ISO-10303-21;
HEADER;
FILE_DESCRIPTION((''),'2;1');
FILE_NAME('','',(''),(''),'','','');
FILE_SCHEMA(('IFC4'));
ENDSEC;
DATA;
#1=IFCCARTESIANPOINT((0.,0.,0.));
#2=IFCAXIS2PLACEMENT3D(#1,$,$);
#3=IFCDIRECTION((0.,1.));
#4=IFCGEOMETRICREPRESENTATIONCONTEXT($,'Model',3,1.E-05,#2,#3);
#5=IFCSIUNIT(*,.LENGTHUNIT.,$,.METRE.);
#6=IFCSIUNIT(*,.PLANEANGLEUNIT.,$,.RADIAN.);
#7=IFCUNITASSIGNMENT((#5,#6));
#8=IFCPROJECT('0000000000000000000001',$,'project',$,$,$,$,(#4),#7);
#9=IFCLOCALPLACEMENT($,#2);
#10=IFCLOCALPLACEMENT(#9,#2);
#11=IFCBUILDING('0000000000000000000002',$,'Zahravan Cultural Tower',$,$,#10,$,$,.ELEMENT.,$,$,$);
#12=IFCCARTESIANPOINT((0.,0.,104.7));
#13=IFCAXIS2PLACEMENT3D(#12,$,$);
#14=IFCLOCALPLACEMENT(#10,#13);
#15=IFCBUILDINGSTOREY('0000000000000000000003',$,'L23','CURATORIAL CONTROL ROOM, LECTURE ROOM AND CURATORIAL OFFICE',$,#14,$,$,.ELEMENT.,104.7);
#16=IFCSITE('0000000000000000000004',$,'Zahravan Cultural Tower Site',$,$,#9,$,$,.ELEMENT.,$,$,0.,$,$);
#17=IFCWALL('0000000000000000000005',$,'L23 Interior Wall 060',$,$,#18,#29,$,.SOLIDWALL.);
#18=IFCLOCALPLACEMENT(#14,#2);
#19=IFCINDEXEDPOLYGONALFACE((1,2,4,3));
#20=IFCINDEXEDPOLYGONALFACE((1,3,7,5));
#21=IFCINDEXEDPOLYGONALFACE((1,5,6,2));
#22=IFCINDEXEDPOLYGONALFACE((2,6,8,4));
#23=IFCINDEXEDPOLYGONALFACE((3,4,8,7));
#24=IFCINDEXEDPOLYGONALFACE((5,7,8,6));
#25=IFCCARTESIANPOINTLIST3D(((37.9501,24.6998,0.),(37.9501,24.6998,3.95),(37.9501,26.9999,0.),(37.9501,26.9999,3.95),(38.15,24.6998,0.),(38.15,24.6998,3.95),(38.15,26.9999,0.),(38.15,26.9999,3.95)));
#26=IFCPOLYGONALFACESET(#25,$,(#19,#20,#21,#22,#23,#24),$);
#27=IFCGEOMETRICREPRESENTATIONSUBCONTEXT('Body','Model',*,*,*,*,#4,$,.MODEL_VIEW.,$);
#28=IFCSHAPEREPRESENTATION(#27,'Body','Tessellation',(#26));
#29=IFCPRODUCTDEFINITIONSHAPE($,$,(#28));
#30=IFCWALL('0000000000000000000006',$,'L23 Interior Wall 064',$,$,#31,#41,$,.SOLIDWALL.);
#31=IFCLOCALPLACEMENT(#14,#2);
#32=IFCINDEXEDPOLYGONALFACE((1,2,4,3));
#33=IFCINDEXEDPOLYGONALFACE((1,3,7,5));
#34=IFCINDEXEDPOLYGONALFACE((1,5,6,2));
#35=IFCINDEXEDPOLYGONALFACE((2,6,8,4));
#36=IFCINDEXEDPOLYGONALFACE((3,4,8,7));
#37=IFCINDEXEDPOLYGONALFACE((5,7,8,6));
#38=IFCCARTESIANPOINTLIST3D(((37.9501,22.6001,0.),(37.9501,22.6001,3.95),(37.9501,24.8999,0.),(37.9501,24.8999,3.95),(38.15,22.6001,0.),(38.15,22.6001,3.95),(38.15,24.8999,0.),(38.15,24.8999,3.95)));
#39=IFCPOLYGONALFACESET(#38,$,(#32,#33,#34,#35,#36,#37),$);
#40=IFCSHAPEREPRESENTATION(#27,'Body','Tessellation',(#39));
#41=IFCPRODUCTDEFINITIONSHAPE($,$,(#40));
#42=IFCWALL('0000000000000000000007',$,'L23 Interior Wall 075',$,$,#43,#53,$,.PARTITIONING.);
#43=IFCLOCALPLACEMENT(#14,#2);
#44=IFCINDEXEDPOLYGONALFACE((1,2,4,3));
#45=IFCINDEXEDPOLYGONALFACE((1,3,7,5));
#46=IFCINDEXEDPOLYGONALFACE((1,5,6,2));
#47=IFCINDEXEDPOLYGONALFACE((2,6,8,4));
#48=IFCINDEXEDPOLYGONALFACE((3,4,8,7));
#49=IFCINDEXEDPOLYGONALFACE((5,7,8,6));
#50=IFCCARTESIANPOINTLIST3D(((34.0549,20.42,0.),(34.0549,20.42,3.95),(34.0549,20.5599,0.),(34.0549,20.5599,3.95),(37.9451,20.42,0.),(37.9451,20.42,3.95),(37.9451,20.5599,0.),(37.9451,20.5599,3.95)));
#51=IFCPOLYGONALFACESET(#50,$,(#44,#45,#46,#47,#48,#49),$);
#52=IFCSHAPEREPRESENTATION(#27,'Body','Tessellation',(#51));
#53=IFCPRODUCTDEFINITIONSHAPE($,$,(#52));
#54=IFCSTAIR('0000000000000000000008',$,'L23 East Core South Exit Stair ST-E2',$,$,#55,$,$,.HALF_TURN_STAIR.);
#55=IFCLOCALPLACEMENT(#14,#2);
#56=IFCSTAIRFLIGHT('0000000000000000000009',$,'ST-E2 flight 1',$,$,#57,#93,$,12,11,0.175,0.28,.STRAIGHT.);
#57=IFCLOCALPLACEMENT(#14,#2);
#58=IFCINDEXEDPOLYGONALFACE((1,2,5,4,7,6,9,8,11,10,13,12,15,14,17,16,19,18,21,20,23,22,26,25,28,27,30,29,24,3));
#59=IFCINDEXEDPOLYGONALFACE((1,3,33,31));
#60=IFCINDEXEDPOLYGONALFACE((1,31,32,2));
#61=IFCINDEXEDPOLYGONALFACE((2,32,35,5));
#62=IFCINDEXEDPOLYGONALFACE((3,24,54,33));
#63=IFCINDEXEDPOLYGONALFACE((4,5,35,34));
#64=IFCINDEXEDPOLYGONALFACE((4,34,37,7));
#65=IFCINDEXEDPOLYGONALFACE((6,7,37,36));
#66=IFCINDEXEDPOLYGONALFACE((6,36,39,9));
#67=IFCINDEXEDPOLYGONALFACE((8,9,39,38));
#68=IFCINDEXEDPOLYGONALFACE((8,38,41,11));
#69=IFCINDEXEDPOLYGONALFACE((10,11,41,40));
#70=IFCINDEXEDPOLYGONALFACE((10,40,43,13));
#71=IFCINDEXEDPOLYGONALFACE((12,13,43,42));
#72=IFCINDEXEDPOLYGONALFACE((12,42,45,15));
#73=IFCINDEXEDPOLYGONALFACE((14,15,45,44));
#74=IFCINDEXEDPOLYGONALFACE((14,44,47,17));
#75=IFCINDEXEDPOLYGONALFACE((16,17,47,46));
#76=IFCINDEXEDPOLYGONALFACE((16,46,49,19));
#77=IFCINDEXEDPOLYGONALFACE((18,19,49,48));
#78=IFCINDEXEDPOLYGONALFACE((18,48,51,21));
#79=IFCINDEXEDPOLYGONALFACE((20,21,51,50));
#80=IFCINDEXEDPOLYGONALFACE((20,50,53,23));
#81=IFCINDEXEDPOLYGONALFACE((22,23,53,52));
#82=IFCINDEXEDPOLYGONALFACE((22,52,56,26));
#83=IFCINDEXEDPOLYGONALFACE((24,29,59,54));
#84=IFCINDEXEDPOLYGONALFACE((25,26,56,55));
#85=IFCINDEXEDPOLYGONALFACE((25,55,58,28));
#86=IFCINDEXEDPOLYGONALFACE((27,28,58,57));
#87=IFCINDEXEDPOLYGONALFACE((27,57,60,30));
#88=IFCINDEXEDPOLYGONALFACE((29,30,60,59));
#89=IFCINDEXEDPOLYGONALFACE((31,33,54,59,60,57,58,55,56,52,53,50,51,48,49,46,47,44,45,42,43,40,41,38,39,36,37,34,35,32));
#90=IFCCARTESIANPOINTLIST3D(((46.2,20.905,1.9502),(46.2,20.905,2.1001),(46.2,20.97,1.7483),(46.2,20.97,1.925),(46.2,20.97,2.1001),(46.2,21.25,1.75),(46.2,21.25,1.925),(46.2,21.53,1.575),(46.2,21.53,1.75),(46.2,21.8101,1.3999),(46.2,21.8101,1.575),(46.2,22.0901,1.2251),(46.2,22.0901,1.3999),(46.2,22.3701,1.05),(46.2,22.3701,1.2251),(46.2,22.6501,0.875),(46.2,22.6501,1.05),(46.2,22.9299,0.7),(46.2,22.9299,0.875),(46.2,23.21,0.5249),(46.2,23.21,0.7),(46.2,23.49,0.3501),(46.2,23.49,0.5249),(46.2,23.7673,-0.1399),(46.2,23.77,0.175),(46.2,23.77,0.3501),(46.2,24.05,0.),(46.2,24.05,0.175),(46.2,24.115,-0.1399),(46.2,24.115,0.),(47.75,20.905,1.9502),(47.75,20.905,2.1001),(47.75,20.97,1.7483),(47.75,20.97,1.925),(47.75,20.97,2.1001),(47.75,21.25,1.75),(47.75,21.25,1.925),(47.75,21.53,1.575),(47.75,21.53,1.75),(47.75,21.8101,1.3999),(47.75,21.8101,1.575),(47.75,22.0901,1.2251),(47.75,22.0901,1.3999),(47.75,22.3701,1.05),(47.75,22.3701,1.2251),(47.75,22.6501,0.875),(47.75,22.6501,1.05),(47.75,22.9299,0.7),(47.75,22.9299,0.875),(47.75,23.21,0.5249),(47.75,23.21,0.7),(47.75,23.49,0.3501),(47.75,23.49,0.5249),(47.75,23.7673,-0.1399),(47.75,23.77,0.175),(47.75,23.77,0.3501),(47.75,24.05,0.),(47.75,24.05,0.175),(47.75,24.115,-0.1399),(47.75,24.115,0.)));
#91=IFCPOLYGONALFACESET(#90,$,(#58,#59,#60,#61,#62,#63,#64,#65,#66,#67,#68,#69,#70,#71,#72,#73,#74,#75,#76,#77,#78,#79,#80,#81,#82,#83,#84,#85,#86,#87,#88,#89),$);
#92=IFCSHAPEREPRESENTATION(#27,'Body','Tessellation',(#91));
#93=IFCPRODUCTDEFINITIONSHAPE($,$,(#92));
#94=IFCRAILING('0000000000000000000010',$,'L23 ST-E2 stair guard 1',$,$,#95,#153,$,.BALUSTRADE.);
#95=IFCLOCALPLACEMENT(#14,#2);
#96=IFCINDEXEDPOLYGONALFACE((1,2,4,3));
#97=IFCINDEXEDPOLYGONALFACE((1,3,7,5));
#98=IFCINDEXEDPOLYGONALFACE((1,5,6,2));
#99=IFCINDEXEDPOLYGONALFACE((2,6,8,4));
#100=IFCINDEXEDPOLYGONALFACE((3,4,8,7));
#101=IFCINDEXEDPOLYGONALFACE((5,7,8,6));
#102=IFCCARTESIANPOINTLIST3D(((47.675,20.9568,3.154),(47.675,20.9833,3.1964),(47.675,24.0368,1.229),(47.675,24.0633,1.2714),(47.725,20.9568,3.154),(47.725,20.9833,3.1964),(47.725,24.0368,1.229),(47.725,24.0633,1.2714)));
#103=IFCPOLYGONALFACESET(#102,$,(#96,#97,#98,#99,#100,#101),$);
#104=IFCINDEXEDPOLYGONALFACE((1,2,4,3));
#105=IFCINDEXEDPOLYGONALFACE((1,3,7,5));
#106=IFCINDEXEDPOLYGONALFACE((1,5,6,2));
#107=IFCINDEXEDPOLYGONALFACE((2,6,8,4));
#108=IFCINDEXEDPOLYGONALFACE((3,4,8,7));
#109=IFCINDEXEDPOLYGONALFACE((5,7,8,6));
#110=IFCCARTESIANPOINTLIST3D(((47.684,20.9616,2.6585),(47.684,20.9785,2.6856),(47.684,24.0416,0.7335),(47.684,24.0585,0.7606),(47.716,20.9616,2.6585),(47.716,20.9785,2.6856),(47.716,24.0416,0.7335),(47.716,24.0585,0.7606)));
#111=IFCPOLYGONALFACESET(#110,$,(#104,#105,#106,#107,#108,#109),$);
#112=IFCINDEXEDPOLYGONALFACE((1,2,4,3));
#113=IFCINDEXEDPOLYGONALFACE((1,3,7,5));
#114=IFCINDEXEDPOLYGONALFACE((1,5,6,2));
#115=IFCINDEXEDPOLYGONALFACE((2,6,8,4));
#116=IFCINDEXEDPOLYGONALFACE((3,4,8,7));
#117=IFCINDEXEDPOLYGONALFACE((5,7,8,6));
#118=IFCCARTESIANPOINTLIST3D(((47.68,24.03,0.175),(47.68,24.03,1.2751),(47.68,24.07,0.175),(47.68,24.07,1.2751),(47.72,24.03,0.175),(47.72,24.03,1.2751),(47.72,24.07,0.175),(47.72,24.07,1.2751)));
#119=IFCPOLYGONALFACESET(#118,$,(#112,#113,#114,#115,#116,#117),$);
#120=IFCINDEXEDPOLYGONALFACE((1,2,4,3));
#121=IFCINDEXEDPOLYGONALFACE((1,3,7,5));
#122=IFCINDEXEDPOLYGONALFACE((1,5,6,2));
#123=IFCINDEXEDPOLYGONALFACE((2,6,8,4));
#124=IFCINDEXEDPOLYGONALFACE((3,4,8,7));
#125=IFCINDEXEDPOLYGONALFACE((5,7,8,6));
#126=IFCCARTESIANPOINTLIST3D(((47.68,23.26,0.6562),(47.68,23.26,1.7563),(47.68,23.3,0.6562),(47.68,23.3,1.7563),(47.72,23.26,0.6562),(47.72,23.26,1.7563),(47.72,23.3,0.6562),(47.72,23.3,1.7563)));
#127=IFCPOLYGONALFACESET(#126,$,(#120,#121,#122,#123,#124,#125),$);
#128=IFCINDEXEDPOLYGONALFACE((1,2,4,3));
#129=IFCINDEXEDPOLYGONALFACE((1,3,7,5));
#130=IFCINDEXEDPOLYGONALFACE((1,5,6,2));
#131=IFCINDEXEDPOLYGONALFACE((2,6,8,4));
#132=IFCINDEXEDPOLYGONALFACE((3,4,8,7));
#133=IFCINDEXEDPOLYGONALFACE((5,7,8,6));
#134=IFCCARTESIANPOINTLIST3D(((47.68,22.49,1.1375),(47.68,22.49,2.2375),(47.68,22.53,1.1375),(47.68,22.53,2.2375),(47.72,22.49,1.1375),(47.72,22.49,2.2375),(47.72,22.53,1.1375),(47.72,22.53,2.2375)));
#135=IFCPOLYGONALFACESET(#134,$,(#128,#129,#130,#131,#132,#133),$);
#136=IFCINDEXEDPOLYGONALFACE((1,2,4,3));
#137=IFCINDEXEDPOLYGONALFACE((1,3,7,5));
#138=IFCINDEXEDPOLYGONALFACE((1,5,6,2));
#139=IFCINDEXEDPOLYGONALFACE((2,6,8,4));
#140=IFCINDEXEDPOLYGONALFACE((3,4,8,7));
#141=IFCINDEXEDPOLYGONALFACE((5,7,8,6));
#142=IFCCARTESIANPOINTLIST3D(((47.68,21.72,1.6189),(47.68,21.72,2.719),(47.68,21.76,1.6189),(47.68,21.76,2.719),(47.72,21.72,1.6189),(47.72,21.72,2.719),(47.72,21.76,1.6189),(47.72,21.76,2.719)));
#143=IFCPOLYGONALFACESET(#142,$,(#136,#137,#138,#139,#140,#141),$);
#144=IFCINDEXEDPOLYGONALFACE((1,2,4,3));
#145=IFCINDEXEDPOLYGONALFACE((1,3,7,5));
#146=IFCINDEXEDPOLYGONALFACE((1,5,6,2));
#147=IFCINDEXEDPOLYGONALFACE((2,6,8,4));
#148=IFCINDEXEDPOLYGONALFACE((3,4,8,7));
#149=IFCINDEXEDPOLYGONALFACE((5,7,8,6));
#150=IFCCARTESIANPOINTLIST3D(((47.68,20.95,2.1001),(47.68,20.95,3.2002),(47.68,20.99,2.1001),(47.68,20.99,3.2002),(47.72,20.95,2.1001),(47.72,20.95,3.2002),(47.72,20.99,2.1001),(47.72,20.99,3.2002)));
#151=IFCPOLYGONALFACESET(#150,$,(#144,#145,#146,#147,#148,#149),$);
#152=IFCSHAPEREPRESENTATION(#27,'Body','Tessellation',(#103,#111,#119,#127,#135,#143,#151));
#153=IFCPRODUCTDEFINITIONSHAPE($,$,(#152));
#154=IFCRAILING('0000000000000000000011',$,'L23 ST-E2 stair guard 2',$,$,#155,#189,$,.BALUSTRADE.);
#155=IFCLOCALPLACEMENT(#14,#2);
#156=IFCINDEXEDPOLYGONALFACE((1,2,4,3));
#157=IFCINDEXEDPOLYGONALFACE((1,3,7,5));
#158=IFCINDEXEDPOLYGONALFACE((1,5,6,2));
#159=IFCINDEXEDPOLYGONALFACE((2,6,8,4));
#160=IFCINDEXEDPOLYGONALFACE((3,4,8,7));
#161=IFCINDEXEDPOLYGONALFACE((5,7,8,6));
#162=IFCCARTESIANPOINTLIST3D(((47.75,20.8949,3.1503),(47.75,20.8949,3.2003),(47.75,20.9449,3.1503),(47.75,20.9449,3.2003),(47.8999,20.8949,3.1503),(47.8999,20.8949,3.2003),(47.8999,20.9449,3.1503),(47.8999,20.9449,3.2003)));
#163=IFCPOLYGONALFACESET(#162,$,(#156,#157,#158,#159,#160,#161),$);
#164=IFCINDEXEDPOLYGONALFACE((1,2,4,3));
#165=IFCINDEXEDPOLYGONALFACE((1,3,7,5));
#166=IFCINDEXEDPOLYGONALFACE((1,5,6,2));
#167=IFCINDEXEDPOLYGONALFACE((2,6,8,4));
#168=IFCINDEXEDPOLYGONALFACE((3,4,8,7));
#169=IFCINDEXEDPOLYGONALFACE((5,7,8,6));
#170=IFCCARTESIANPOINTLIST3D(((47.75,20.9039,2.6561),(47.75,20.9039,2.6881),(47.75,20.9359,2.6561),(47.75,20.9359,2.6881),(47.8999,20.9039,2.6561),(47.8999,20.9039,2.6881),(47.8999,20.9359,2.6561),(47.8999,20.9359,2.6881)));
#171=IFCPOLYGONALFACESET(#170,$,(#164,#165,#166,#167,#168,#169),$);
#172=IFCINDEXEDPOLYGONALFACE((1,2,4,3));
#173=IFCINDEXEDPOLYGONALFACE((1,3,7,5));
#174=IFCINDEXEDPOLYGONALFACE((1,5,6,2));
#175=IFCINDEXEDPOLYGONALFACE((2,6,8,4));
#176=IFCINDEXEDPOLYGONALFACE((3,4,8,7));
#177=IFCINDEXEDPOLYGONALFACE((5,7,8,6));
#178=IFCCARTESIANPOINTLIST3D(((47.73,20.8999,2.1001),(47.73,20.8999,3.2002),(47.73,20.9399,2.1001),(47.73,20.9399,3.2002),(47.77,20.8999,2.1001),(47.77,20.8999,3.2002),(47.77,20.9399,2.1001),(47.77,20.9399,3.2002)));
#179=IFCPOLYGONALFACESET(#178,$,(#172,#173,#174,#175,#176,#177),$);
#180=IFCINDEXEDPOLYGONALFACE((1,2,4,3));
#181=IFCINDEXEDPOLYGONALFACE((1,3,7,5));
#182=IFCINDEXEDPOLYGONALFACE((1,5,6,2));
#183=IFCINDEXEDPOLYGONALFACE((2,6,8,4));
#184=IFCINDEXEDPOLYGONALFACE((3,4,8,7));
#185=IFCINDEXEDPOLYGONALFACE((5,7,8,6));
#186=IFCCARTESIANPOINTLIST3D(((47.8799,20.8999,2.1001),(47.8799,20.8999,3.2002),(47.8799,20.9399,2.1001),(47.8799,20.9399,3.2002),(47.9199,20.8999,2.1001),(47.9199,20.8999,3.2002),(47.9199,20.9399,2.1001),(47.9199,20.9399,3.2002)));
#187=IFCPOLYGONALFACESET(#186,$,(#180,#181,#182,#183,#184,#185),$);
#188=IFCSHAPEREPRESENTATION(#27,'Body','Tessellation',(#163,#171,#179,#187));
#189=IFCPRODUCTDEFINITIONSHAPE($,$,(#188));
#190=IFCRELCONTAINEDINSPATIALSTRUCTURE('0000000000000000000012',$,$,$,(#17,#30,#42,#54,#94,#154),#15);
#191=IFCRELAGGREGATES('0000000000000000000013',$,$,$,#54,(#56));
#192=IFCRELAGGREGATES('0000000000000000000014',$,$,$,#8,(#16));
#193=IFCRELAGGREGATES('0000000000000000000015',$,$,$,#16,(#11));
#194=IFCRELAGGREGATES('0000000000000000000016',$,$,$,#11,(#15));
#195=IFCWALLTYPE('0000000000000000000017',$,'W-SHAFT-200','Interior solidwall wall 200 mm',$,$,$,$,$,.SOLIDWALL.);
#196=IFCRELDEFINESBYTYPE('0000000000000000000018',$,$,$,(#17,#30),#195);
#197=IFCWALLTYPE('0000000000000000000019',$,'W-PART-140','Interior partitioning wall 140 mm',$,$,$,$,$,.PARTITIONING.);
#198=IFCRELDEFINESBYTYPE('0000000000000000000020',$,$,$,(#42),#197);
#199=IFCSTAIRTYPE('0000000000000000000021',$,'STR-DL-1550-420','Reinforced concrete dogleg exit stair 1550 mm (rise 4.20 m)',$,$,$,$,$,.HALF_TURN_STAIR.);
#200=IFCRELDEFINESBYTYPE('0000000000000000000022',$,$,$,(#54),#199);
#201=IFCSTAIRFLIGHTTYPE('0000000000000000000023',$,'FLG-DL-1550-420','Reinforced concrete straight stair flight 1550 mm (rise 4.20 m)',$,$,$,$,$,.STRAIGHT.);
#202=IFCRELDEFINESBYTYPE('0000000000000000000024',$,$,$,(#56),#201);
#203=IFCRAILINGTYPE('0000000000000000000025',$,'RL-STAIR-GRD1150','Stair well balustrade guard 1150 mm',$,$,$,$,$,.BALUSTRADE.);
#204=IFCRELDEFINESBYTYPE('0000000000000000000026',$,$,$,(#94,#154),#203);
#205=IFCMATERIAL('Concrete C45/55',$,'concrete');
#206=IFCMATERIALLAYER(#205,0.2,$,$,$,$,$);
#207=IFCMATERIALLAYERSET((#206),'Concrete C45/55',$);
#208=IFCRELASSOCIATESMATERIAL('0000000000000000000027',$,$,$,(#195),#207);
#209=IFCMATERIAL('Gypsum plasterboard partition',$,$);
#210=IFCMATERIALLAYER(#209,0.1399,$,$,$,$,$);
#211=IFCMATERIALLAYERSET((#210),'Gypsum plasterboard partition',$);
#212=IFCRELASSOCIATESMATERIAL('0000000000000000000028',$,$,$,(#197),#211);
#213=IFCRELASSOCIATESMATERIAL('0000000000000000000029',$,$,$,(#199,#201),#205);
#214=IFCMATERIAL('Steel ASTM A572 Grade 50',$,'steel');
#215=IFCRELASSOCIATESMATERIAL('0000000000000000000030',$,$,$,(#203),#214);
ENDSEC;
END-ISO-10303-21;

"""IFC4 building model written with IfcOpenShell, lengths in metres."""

from ifc_helpers import new_model, si_unit, direction, frame, frame_2d, origin, origin_2d, place, context, subcontext, project, spatial, polyline, rectangle, outline, extrude, source, transform, mapped, material, layer, layer_set, type_object, element, aggregate, save


model = new_model("IFC4")

# Units and contexts
model_context = context("Model", 3, precision=1e-05, world=origin(), true_north=direction((0.0, 1.0)))
body_context = subcontext(model_context, "Body", "Model", "MODEL_VIEW")
ifc_project = project(units=[si_unit("LENGTHUNIT", "METRE"), si_unit("PLANEANGLEUNIT", "RADIAN")], contexts=[model_context])

# Site, building, storey
site_placement = place(None, origin())
site = spatial("IfcSite", under=ifc_project, at=site_placement, Name="Zahravan Cultural Tower Site", CompositionType="ELEMENT", RefElevation=0.0)
building_placement = place(site_placement, origin())
building = spatial("IfcBuilding", under=site, at=building_placement, Name="Zahravan Cultural Tower", CompositionType="ELEMENT")
storey_placement = place(building_placement, frame((0.0, 0.0, 104.7)))
storey = spatial("IfcBuildingStorey", under=building, at=storey_placement, Name="L23", Description="CURATORIAL CONTROL ROOM, LECTURE ROOM AND CURATORIAL OFFICE", CompositionType="ELEMENT", Elevation=104.7)

# Shared definitions
ifc_material_1 = material(Name="Steel ASTM A572 Grade 50", Category="steel")
ifc_material_2 = material(Name="Concrete C45/55", Category="concrete")
ifc_layer_1 = layer(ifc_material_2, 0.2)
ifc_layer_set_1 = layer_set([ifc_layer_1], Name="Concrete C45/55")
wall_type_1 = type_object("IfcWallType", Name="W-SHAFT-200", Description="Interior solidwall wall 200 mm", PredefinedType="SOLIDWALL", material=ifc_layer_set_1)

# Walls
shared_shape_1 = source(origin(), body_context, "Body", "SweptSolid", [
    extrude(rectangle(XDim=2.3, YDim=0.2, at=frame_2d((1.1499, 0.0))), origin(), (0.0, 0.0, 1.0), 3.95),
])
wall_1_placement = place(storey_placement, frame((38.05, 24.7, 0.0), z_axis=(0.0, 0.0, 1.0), x_axis=(0.0, 1.0, 0.0)))
element("IfcWall", 1, at=wall_1_placement, inside=storey, type_object=wall_type_1, Name="L23 Interior Wall 060", PredefinedType="SOLIDWALL", context=body_context, shape_type="MappedRepresentation", body=[
    mapped(shared_shape_1, transform((0.0, 0.0, 0.0), x_axis=(1.0, 0.0, 0.0), y_axis=(0.0, 1.0, 0.0), z_axis=(0.0, 0.0, 1.0), scale=1.0)),
])
shared_shape_2 = source(origin(), body_context, "Body", "SweptSolid", [
    extrude(rectangle(XDim=2.2998, YDim=0.2, at=frame_2d((1.1499, 0.0))), origin(), (0.0, 0.0, 1.0), 3.95),
])
wall_2_placement = place(storey_placement, frame((38.05, 22.6001, 0.0), z_axis=(0.0, 0.0, 1.0), x_axis=(0.0, 1.0, 0.0)))
element("IfcWall", 2, at=wall_2_placement, inside=storey, type_object=wall_type_1, Name="L23 Interior Wall 064", PredefinedType="SOLIDWALL", context=body_context, shape_type="MappedRepresentation", body=[
    mapped(shared_shape_2, transform((0.0, 0.0, 0.0), x_axis=(1.0, 0.0, 0.0), y_axis=(0.0, 1.0, 0.0), z_axis=(0.0, 0.0, 1.0), scale=1.0)),
])
ifc_material_3 = material(Name="Gypsum plasterboard partition")
ifc_layer_2 = layer(ifc_material_3, 0.1399)
ifc_layer_set_2 = layer_set([ifc_layer_2], Name="Gypsum plasterboard partition")
wall_type_2 = type_object("IfcWallType", Name="W-PART-140", Description="Interior partitioning wall 140 mm", PredefinedType="PARTITIONING", material=ifc_layer_set_2)
shared_shape_3 = source(origin(), body_context, "Body", "SweptSolid", [
    extrude(rectangle(XDim=3.8901, YDim=0.1399, at=frame_2d((1.9451, 0.0))), origin(), (0.0, 0.0, 1.0), 3.95),
])
wall_3_placement = place(storey_placement, frame((37.9451, 20.49, 0.0), z_axis=(0.0, 0.0, 1.0), x_axis=(-1.0, 0.0, 0.0)))
element("IfcWall", 3, at=wall_3_placement, inside=storey, type_object=wall_type_2, Name="L23 Interior Wall 075", PredefinedType="PARTITIONING", context=body_context, shape_type="MappedRepresentation", body=[
    mapped(shared_shape_3, transform((0.0, 0.0, 0.0), x_axis=(1.0, 0.0, 0.0), y_axis=(0.0, 1.0, 0.0), z_axis=(0.0, 0.0, 1.0), scale=1.0)),
])

# Stair, stair flight
stair_type = type_object("IfcStairType", Name="STR-DL-1550-420", Description="Reinforced concrete dogleg exit stair 1550 mm (rise 4.20 m)", PredefinedType="HALF_TURN_STAIR", material=ifc_material_2)
stair_placement = place(storey_placement, origin())
stair = element("IfcStair", 4, at=stair_placement, inside=storey, type_object=stair_type, Name="L23 East Core South Exit Stair ST-E2", PredefinedType="HALF_TURN_STAIR")
stair_flight_type = type_object("IfcStairFlightType", Name="FLG-DL-1550-420", Description="Reinforced concrete straight stair flight 1550 mm (rise 4.20 m)", PredefinedType="STRAIGHT", material=ifc_material_2)
stair_flight_placement = place(storey_placement, frame((46.9751, 24.05, 0.0), z_axis=(0.0, 0.0, 1.0), x_axis=(0.0, -1.0, 0.0)))
stair_flight = element("IfcStairFlight", 5, at=stair_flight_placement, type_object=stair_flight_type, Name="ST-E2 flight 1", NumberOfRisers=12, NumberOfTreads=11, PredefinedType="STRAIGHT", RiserHeight=0.175, TreadLength=0.28, context=body_context, shape_type="SweptSolid", body=[
    extrude(outline(polyline([(-0.0649, -0.1399), (-0.0649, 0.0), (0.0, 0.0), (0.0, 0.175), (0.28, 0.175), (0.28, 0.3501), (0.5601, 0.3501), (0.5601, 0.5249), (0.8401, 0.5249), (0.8401, 0.7), (1.1201, 0.7), (1.1201, 0.875), (1.3999, 0.875), (1.3999, 1.05), (1.6799, 1.05), (1.6799, 1.2251), (1.96, 1.2251), (1.96, 1.3999), (2.24, 1.3999), (2.24, 1.575), (2.52, 1.575), (2.52, 1.75), (2.8, 1.75), (2.8, 1.925), (3.0801, 1.925), (3.0801, 2.1001), (3.145, 2.1001), (3.145, 1.9502), (3.0801, 1.7483), (0.2827, -0.1399), (-0.0649, -0.1399)])), frame((0.0, 0.7749, 0.0), z_axis=(0.0, -1.0, 0.0), x_axis=(1.0, 0.0, 0.0)), (0.0, 0.0, 1.0), 1.55),
])
aggregate(stair, [stair_flight])

# Railings
railing_type_1 = type_object("IfcRailingType", Name="RL-STAIR-GRD1150", Description="Stair well balustrade guard 1150 mm", PredefinedType="BALUSTRADE", material=ifc_material_1)
railing_1_placement = place(storey_placement, frame((47.7, 24.05, 0.175)))
element("IfcRailing", 6, at=railing_1_placement, inside=storey, type_object=railing_type_1, Name="L23 ST-E2 stair guard 1", PredefinedType="BALUSTRADE", context=body_context, shape_type="SweptSolid", body=[
    extrude(rectangle(XDim=0.05, YDim=0.05, at=origin_2d()), frame((0.0, 0.0, 1.0752), z_axis=(0.0, -0.847998, 0.529999), x_axis=(1.0, 0.0, 0.0)), (0.0, 0.0, 1.0), 3.6321),
    extrude(rectangle(XDim=0.032, YDim=0.032, at=origin_2d()), frame((0.0, 0.0, 0.572), z_axis=(0.0, -0.847998, 0.529999), x_axis=(1.0, 0.0, 0.0)), (0.0, 0.0, 1.0), 3.6321),
    extrude(rectangle(XDim=0.04, YDim=0.04, at=origin_2d()), origin(), (0.0, 0.0, 1.0), 1.1001),
    extrude(rectangle(XDim=0.04, YDim=0.04, at=origin_2d()), frame((0.0, -0.77, 0.4812)), (0.0, 0.0, 1.0), 1.1001),
    extrude(rectangle(XDim=0.04, YDim=0.04, at=origin_2d()), frame((0.0, -1.54, 0.9624)), (0.0, 0.0, 1.0), 1.1001),
    extrude(rectangle(XDim=0.04, YDim=0.04, at=origin_2d()), frame((0.0, -2.3101, 1.4438)), (0.0, 0.0, 1.0), 1.1001),
    extrude(rectangle(XDim=0.04, YDim=0.04, at=origin_2d()), frame((0.0, -3.0801, 1.925)), (0.0, 0.0, 1.0), 1.1001),
])
railing_2_placement = place(storey_placement, frame((47.75, 20.9199, 2.1001)))
element("IfcRailing", 7, at=railing_2_placement, inside=storey, type_object=railing_type_1, Name="L23 ST-E2 stair guard 2", PredefinedType="BALUSTRADE", context=body_context, shape_type="SweptSolid", body=[
    extrude(rectangle(XDim=0.05, YDim=0.05, at=origin_2d()), frame((0.0, 0.0, 1.0752), z_axis=(1.0, 0.0, 0.0), x_axis=(0.0, 1.0, 0.0)), (0.0, 0.0, 1.0), 0.1499),
    extrude(rectangle(XDim=0.032, YDim=0.032, at=origin_2d()), frame((0.0, 0.0, 0.572), z_axis=(1.0, 0.0, 0.0), x_axis=(0.0, 1.0, 0.0)), (0.0, 0.0, 1.0), 0.1499),
    extrude(rectangle(XDim=0.04, YDim=0.04, at=origin_2d()), origin(), (0.0, 0.0, 1.0), 1.1001),
    extrude(rectangle(XDim=0.04, YDim=0.04, at=origin_2d()), frame((0.1499, 0.0, 0.0)), (0.0, 0.0, 1.0), 1.1001),
])

save(model, "model.ifc")
